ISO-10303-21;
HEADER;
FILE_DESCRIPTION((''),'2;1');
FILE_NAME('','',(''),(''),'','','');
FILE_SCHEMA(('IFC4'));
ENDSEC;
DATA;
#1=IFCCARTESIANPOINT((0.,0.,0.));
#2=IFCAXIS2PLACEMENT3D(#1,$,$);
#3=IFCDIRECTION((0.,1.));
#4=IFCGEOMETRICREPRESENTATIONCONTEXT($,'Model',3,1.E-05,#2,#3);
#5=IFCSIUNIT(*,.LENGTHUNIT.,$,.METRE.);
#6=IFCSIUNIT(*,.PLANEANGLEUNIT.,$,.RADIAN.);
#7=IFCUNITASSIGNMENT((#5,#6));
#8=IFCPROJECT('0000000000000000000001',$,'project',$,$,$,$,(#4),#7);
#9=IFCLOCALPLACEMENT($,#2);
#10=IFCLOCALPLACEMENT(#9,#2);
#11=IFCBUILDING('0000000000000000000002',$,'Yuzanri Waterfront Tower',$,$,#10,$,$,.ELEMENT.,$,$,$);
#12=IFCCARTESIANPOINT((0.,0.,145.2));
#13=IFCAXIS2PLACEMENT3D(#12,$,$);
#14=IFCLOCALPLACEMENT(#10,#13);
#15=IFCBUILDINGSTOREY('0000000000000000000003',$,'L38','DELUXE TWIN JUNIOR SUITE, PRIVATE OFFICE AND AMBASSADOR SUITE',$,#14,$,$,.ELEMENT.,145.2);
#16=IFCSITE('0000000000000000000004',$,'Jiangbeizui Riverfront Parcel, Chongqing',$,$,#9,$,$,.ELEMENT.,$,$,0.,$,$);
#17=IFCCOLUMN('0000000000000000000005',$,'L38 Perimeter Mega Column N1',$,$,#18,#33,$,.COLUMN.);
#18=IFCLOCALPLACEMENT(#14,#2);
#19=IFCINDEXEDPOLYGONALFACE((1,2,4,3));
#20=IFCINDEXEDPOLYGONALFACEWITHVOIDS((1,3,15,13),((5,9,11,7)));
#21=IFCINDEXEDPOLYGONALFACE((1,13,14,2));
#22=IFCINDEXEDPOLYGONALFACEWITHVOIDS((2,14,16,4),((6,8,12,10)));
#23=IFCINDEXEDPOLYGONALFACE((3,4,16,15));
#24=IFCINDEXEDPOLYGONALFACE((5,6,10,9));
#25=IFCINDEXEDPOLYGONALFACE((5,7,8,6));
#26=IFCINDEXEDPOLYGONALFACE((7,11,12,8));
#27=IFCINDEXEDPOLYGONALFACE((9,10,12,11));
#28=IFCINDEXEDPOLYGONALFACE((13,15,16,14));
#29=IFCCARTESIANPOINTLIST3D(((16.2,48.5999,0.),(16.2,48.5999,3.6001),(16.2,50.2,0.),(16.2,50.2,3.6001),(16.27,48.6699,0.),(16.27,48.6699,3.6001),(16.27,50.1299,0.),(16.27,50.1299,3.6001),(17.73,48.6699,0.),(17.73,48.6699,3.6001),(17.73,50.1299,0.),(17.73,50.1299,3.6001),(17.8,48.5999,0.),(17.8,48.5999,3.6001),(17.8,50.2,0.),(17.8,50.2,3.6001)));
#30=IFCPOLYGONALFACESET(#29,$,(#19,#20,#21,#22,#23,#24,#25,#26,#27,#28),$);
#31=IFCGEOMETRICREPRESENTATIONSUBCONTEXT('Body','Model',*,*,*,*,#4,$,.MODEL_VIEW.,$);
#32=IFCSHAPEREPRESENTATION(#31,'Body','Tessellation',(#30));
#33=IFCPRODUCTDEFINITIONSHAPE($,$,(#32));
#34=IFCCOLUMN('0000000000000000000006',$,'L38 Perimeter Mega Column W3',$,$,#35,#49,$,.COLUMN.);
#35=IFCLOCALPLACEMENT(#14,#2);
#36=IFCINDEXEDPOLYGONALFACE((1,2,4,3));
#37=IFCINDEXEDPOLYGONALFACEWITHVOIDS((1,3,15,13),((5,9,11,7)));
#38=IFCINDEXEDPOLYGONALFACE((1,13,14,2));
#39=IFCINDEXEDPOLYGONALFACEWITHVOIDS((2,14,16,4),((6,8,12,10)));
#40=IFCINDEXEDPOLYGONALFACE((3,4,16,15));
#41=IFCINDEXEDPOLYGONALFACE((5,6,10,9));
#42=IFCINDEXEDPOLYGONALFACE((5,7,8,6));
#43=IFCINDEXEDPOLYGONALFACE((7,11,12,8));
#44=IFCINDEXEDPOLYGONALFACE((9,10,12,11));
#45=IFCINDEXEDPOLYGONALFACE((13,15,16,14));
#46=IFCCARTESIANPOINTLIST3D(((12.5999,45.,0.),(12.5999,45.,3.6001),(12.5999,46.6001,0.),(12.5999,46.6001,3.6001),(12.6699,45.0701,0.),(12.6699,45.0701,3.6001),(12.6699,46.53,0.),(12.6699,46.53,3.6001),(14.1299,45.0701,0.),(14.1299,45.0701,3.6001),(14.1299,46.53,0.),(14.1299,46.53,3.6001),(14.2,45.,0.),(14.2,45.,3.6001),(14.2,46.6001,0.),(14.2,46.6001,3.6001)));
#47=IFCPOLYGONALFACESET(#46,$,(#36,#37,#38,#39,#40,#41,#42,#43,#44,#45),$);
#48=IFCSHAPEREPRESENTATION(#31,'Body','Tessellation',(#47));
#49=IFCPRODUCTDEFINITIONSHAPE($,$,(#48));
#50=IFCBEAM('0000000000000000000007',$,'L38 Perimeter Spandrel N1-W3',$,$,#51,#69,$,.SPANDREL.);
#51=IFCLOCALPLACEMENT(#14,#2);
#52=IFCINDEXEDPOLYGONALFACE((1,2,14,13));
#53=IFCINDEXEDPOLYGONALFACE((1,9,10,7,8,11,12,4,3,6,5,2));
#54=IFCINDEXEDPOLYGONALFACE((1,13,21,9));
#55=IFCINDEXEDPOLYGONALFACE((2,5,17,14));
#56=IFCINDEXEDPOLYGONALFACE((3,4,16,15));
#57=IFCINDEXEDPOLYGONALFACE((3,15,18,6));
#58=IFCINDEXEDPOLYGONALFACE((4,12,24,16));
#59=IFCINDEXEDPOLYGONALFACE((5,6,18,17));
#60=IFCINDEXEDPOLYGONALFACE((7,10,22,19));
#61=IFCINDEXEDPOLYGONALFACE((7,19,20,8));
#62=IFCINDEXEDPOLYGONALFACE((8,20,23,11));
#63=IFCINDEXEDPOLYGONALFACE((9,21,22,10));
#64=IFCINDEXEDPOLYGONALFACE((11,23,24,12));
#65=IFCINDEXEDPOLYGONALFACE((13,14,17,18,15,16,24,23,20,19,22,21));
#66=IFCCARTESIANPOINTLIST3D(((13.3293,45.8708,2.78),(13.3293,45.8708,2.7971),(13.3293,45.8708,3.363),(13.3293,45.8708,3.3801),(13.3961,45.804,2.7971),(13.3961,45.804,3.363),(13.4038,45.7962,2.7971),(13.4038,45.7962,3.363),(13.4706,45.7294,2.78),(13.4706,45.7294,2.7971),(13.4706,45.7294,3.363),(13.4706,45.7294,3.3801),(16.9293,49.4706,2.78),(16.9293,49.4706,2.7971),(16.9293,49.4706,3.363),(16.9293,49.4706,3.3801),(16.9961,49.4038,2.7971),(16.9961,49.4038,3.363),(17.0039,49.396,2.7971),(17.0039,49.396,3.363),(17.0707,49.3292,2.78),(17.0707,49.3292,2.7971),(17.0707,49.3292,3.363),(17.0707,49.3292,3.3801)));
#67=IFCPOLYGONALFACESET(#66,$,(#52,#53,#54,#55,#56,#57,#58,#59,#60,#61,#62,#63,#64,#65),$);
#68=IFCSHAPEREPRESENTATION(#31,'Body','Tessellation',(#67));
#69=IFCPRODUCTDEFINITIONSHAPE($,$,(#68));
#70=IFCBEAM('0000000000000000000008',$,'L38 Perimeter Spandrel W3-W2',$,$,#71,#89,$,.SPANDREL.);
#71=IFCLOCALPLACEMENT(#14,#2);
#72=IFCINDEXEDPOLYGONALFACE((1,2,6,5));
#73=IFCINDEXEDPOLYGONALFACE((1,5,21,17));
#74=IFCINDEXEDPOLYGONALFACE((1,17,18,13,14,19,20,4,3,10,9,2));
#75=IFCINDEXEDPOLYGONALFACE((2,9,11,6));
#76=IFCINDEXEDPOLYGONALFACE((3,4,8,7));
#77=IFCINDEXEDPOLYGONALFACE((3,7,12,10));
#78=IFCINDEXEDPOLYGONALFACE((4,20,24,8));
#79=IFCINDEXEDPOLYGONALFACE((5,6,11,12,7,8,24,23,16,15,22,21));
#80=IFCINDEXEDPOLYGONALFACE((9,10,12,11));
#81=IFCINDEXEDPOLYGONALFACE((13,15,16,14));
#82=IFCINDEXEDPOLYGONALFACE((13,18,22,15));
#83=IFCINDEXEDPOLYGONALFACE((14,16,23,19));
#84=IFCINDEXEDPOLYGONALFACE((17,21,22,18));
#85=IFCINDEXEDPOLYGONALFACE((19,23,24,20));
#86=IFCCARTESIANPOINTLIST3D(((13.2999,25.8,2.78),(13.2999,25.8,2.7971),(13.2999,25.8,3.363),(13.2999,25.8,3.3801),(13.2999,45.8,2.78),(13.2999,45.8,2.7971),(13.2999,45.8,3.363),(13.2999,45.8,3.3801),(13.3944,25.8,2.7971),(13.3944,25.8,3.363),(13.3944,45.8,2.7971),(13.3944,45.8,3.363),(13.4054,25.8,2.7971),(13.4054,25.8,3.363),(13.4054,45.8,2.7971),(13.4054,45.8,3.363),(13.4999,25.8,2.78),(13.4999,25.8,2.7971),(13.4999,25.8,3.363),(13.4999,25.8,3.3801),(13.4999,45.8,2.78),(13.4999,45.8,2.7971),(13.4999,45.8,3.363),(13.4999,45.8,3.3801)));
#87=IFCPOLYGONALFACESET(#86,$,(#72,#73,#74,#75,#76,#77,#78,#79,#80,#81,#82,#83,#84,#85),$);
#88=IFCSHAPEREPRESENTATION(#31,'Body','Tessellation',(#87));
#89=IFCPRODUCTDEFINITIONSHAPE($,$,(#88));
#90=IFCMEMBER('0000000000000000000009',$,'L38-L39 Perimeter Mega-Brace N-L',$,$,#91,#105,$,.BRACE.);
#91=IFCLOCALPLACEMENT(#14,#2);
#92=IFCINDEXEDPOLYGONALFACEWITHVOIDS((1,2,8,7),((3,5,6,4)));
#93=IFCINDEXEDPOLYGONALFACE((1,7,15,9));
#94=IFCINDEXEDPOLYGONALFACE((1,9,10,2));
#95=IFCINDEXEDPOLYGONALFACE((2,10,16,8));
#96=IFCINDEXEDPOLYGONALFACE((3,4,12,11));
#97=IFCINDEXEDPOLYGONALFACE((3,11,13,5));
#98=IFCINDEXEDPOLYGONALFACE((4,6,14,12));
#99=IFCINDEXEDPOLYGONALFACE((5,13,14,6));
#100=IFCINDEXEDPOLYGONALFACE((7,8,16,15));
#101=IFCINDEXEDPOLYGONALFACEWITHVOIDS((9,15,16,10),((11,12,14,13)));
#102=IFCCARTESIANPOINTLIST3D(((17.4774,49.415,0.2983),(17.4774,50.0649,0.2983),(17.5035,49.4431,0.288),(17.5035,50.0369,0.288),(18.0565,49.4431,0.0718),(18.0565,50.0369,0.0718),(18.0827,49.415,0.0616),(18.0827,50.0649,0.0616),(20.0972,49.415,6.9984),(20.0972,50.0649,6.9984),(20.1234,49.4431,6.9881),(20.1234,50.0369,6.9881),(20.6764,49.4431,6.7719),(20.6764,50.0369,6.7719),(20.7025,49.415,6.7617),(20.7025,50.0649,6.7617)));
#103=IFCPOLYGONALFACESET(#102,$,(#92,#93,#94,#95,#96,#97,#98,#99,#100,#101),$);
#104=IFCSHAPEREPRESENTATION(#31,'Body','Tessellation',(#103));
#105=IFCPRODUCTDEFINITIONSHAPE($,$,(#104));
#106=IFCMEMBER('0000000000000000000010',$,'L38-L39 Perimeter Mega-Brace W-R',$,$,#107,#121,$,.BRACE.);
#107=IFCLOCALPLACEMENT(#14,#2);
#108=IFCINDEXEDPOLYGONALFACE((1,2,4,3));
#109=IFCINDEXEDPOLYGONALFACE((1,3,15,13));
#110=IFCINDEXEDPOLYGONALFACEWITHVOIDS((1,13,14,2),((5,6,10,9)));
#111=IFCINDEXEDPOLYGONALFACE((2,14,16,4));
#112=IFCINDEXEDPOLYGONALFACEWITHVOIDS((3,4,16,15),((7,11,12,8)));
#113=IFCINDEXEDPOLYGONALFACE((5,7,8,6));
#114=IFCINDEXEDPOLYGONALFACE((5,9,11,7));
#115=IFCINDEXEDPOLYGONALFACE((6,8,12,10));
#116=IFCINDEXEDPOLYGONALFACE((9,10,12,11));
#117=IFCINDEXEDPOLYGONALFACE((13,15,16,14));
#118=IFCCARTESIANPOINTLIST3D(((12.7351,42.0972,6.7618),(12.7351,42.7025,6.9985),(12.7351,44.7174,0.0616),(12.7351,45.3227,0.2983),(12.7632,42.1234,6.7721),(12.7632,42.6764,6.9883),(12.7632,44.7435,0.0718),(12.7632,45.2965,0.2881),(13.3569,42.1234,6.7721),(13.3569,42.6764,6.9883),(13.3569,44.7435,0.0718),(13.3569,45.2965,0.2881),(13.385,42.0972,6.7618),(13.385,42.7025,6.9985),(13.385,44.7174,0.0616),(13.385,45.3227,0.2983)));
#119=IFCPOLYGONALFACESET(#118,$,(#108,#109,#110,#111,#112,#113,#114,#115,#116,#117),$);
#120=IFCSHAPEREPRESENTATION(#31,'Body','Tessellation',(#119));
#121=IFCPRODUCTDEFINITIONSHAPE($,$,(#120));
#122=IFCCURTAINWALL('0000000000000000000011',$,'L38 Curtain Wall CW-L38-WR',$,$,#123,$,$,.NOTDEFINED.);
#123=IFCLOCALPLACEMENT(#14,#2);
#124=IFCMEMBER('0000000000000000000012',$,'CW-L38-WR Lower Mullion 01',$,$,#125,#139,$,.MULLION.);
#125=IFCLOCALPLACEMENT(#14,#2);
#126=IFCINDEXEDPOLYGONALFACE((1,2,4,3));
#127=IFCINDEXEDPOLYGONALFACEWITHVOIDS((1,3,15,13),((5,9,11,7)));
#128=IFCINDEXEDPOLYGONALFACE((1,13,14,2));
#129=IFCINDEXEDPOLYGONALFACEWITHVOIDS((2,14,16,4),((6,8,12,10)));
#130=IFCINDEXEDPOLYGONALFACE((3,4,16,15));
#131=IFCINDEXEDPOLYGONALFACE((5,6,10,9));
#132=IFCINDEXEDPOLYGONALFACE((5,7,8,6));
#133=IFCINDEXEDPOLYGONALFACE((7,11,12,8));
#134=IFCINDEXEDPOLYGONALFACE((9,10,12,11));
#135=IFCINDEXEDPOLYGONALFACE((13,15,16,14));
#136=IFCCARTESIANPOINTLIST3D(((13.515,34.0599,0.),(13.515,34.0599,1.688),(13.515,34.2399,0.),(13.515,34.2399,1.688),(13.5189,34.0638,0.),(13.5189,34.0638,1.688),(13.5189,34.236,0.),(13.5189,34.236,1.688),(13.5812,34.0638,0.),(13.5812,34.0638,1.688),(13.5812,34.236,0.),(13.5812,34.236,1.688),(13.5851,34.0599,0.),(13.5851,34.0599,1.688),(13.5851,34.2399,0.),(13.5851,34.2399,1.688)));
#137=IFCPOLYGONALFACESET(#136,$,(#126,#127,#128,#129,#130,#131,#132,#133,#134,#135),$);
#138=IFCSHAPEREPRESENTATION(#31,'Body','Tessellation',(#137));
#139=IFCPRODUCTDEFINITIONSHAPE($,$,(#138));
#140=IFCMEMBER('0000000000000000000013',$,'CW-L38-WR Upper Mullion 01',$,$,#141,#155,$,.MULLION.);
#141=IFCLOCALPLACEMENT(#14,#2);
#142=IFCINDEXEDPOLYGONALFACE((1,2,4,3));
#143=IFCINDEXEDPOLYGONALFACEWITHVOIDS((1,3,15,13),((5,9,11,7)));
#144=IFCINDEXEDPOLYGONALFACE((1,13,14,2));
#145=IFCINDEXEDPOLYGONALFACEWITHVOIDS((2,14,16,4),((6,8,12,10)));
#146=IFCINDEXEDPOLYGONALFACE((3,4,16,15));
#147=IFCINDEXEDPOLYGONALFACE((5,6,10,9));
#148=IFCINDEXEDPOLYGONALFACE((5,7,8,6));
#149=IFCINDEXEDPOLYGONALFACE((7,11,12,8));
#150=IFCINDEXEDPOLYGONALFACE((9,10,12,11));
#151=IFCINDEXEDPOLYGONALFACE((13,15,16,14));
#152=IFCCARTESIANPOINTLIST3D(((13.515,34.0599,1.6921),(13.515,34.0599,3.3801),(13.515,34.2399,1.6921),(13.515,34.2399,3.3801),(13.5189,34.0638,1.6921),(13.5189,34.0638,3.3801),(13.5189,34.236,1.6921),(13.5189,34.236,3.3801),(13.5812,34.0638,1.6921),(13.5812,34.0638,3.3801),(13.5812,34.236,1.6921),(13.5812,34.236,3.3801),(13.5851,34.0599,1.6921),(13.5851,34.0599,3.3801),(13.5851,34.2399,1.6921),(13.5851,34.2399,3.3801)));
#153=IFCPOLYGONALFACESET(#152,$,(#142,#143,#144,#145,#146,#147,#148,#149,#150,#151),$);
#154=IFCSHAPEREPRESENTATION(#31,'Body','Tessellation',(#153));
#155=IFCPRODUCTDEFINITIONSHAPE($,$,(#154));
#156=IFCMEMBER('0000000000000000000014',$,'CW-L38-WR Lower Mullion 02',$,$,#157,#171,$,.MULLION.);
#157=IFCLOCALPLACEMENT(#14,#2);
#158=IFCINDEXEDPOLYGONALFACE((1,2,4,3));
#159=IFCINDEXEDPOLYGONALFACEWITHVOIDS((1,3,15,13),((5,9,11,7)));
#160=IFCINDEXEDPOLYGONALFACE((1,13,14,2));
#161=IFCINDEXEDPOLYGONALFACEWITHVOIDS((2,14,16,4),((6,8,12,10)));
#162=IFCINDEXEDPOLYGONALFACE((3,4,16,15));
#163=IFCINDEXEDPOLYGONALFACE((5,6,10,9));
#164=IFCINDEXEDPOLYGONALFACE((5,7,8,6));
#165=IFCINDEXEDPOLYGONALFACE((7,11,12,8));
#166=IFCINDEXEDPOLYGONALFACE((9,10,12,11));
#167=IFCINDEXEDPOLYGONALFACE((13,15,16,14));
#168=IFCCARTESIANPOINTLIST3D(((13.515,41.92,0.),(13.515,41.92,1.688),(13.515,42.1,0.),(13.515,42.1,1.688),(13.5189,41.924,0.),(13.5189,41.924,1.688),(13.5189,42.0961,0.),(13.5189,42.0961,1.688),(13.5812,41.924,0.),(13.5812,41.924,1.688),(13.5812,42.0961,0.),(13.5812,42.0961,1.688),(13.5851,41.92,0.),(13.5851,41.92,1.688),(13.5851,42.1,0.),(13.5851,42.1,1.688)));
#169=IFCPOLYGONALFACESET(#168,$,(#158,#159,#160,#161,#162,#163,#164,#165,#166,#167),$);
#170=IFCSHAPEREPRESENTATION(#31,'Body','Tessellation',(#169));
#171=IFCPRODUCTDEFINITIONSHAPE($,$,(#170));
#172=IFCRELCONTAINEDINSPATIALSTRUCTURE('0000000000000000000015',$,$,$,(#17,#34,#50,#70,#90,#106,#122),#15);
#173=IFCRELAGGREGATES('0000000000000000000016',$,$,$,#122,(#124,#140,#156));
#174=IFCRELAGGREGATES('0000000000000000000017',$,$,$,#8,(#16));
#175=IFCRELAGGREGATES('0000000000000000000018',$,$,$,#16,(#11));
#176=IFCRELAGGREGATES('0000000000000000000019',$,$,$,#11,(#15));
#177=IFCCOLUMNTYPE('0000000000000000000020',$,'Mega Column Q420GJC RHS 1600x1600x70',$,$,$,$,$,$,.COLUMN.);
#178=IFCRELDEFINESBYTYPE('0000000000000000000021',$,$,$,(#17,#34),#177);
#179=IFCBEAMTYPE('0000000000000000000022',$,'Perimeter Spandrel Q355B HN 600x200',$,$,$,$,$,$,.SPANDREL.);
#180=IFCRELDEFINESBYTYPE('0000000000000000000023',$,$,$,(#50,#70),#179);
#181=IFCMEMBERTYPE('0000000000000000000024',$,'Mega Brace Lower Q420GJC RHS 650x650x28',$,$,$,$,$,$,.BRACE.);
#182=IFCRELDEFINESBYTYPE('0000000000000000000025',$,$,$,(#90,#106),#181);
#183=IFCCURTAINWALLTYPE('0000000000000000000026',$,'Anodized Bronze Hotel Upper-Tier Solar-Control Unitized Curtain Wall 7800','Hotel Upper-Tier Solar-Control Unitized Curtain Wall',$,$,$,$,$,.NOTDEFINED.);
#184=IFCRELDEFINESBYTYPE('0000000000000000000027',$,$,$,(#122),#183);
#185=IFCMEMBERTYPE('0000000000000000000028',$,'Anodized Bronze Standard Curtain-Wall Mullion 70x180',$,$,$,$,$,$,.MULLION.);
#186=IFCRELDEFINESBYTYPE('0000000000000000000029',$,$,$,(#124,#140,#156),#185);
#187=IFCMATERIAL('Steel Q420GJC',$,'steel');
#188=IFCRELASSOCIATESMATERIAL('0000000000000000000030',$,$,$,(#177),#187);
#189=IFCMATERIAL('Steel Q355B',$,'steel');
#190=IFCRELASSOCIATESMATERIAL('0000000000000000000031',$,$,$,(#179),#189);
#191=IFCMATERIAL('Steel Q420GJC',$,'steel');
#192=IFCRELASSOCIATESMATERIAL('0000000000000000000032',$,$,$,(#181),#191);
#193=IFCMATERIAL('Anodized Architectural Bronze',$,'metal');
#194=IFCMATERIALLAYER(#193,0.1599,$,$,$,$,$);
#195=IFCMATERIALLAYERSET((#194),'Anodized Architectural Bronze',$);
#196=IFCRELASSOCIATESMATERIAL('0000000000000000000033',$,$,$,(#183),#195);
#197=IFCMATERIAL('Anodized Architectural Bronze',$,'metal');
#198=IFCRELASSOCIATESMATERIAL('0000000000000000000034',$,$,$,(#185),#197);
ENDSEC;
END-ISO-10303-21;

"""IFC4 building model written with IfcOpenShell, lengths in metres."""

from ifc_helpers import new_model, si_unit, direction, frame, origin, origin_2d, place, context, subcontext, project, spatial, hollow_rectangle, i_section, extrude, source, transform, mapped, material, layer, layer_set, material_profile, profile_set, type_object, element, aggregate, save


model = new_model("IFC4")

# Units and contexts
model_context = context("Model", 3, precision=1e-05, world=origin(), true_north=direction((0.0, 1.0)))
body_context = subcontext(model_context, "Body", "Model", "MODEL_VIEW")
ifc_project = project(units=[si_unit("LENGTHUNIT", "METRE"), si_unit("PLANEANGLEUNIT", "RADIAN")], contexts=[model_context])

# Site, building, storey
site_placement = place(None, origin())
site = spatial("IfcSite", under=ifc_project, at=site_placement, Name="Jiangbeizui Riverfront Parcel, Chongqing", CompositionType="ELEMENT", RefElevation=0.0)
building_placement = place(site_placement, origin())
building = spatial("IfcBuilding", under=site, at=building_placement, Name="Yuzanri Waterfront Tower", CompositionType="ELEMENT")
storey_placement = place(building_placement, frame((0.0, 0.0, 145.2)))
storey = spatial("IfcBuildingStorey", under=building, at=storey_placement, Name="L38", Description="DELUXE TWIN JUNIOR SUITE, PRIVATE OFFICE AND AMBASSADOR SUITE", CompositionType="ELEMENT", Elevation=145.2)

# Columns
ifc_material_1 = material(Name="Steel Q420GJC", Category="steel")
ifc_material_profile_1 = material_profile(ifc_material_1, hollow_rectangle(XDim=1.6001, YDim=1.6001, WallThickness=0.0701, at=origin_2d()), Name="RHS 1600x1600x70")
ifc_profile_set_1 = profile_set([ifc_material_profile_1], Name="Steel Q420GJC")
column_type = type_object("IfcColumnType", Name="Mega Column Q420GJC RHS 1600x1600x70", PredefinedType="COLUMN", material=ifc_profile_set_1)
shared_shape_1 = source(origin(), body_context, "Body", "SweptSolid", [
    extrude(hollow_rectangle(XDim=1.6001, YDim=1.6001, WallThickness=0.0701, at=origin_2d()), origin(), (0.0, 0.0, 1.0), 3.6001),
])
for number, where, z_axis, x_axis, name in (
    (1, (17.0, 49.3999, 0.0), (0.0, 0.0, 1.0), (1.0, 0.0, 0.0), "L38 Perimeter Mega Column N1"),
    (2, (13.3999, 45.8, 0.0), (0.0, 0.0, 1.0), (1.0, 0.0, 0.0), "L38 Perimeter Mega Column W3"),
):
    element("IfcColumn", number, at=place(storey_placement, frame(where, z_axis=z_axis, x_axis=x_axis)), inside=storey, type_object=column_type, Name=name, PredefinedType="COLUMN", context=body_context, shape_type="MappedRepresentation", body=[
        mapped(shared_shape_1, transform((0.0, 0.0, 0.0), scale=1.0)),
    ])

# Beams
ifc_material_2 = material(Name="Steel Q355B", Category="steel")
ifc_material_profile_2 = material_profile(ifc_material_2, i_section(OverallWidth=0.2, OverallDepth=0.6001, WebThickness=0.011, FlangeThickness=0.0171, at=origin_2d()), Name="HN 600x200x11x17")
ifc_profile_set_2 = profile_set([ifc_material_profile_2], Name="Steel Q355B")
beam_type = type_object("IfcBeamType", Name="Perimeter Spandrel Q355B HN 600x200", PredefinedType="SPANDREL", material=ifc_profile_set_2)
shared_shape_2 = source(origin(), body_context, "Body", "SweptSolid", [
    extrude(i_section(OverallWidth=0.2, OverallDepth=0.6001, WebThickness=0.011, FlangeThickness=0.0171, at=origin_2d()), origin(), (0.0, 0.0, 1.0), 5.0911),
])
beam_1_placement = place(storey_placement, frame((17.0, 49.3999, 3.0801), z_axis=(-0.707131, -0.707083, 0.0), x_axis=(0.707083, -0.707131, 0.0)))
element("IfcBeam", 3, at=beam_1_placement, inside=storey, type_object=beam_type, Name="L38 Perimeter Spandrel N1-W3", PredefinedType="SPANDREL", context=body_context, shape_type="MappedRepresentation", body=[
    mapped(shared_shape_2, transform((0.0, 0.0, 0.0), scale=1.0)),
])
shared_shape_3 = source(origin(), body_context, "Body", "SweptSolid", [
    extrude(i_section(OverallWidth=0.2, OverallDepth=0.6001, WebThickness=0.011, FlangeThickness=0.0171, at=origin_2d()), origin(), (0.0, 0.0, 1.0), 20.0),
])
beam_2_placement = place(storey_placement, frame((13.3999, 45.8, 3.0801), z_axis=(0.0, -1.0, 0.0), x_axis=(1.0, 0.0, 0.0)))
element("IfcBeam", 4, at=beam_2_placement, inside=storey, type_object=beam_type, Name="L38 Perimeter Spandrel W3-W2", PredefinedType="SPANDREL", context=body_context, shape_type="MappedRepresentation", body=[
    mapped(shared_shape_3, transform((0.0, 0.0, 0.0), scale=1.0)),
])

# Members
ifc_material_3 = material(Name="Steel Q420GJC", Category="steel")
ifc_material_profile_3 = material_profile(ifc_material_3, hollow_rectangle(XDim=0.6499, YDim=0.6499, WallThickness=0.0281, at=origin_2d()), Name="RHS 650x650x28")
ifc_profile_set_3 = profile_set([ifc_material_profile_3], Name="Steel Q420GJC")
member_type_1 = type_object("IfcMemberType", Name="Mega Brace Lower Q420GJC RHS 650x650x28", PredefinedType="BRACE", material=ifc_profile_set_3)
shared_shape_4 = source(origin(), body_context, "Body", "SweptSolid", [
    extrude(hollow_rectangle(XDim=0.6499, YDim=0.6499, WallThickness=0.0281, at=origin_2d()), origin(), (0.0, 0.0, 1.0), 7.1941),
])
member_1_placement = place(storey_placement, frame((17.78, 49.74, 0.1799), z_axis=(0.364165, 0.0, 0.931334), x_axis=(0.0, 1.0, 0.0)))
element("IfcMember", 5, at=member_1_placement, inside=storey, type_object=member_type_1, Name="L38-L39 Perimeter Mega-Brace N-L", PredefinedType="BRACE", context=body_context, shape_type="MappedRepresentation", body=[
    mapped(shared_shape_4, transform((0.0, 0.0, 0.0), scale=1.0)),
])
shared_shape_5 = source(origin(), body_context, "Body", "SweptSolid", [
    extrude(hollow_rectangle(XDim=0.6499, YDim=0.6499, WallThickness=0.0281, at=origin_2d()), origin(), (0.0, 0.0, 1.0), 7.1943),
])
member_2_placement = place(storey_placement, frame((13.0601, 45.02, 0.1799), z_axis=(0.0, -0.364195, 0.931323), x_axis=(1.0, 0.0, 0.0)))
element("IfcMember", 6, at=member_2_placement, inside=storey, type_object=member_type_1, Name="L38-L39 Perimeter Mega-Brace W-R", PredefinedType="BRACE", context=body_context, shape_type="MappedRepresentation", body=[
    mapped(shared_shape_5, transform((0.0, 0.0, 0.0), scale=1.0)),
])

# Curtain wall, members
ifc_material_4 = material(Name="Anodized Architectural Bronze", Category="metal")
ifc_layer_1 = layer(ifc_material_4, 0.1599)
ifc_layer_set_1 = layer_set([ifc_layer_1], Name="Anodized Architectural Bronze")
curtain_wall_type = type_object("IfcCurtainWallType", Name="Anodized Bronze Hotel Upper-Tier Solar-Control Unitized Curtain Wall 7800", Description="Hotel Upper-Tier Solar-Control Unitized Curtain Wall", PredefinedType="NOTDEFINED", material=ifc_layer_set_1)
curtain_wall_placement = place(storey_placement, origin())
curtain_wall = element("IfcCurtainWall", 7, at=curtain_wall_placement, inside=storey, type_object=curtain_wall_type, Name="L38 Curtain Wall CW-L38-WR", PredefinedType="NOTDEFINED")
ifc_material_5 = material(Name="Anodized Architectural Bronze", Category="metal")
ifc_material_profile_4 = material_profile(ifc_material_5, hollow_rectangle(XDim=0.0701, YDim=0.1799, WallThickness=0.0039, at=origin_2d()), Name="CWM 70x180")
ifc_profile_set_4 = profile_set([ifc_material_profile_4], Name="Anodized Architectural Bronze")
member_type_2 = type_object("IfcMemberType", Name="Anodized Bronze Standard Curtain-Wall Mullion 70x180", PredefinedType="MULLION", material=ifc_profile_set_4)
shared_shape_6 = source(origin(), body_context, "Body", "SweptSolid", [
    extrude(hollow_rectangle(XDim=0.0701, YDim=0.1799, WallThickness=0.0039, at=origin_2d()), origin(), (0.0, 0.0, 1.0), 1.688),
])
member_3_placement = place(storey_placement, frame((13.55, 34.1499, 0.0), z_axis=(0.0, 0.0, 1.0), x_axis=(1.0, 0.0, 0.0)))
member_3 = element("IfcMember", 8, at=member_3_placement, type_object=member_type_2, Name="CW-L38-WR Lower Mullion 01", PredefinedType="MULLION", context=body_context, shape_type="MappedRepresentation", body=[
    mapped(shared_shape_6, transform((0.0, 0.0, 0.0), scale=1.0)),
])
member_4_placement = place(storey_placement, frame((13.55, 34.1499, 1.6921), z_axis=(0.0, 0.0, 1.0), x_axis=(1.0, 0.0, 0.0)))
member_4 = element("IfcMember", 9, at=member_4_placement, type_object=member_type_2, Name="CW-L38-WR Upper Mullion 01", PredefinedType="MULLION", context=body_context, shape_type="MappedRepresentation", body=[
    mapped(shared_shape_6, transform((0.0, 0.0, 0.0), scale=1.0)),
])
member_5_placement = place(storey_placement, frame((13.55, 42.01, 0.0), z_axis=(0.0, 0.0, 1.0), x_axis=(1.0, 0.0, 0.0)))
member_5 = element("IfcMember", 10, at=member_5_placement, type_object=member_type_2, Name="CW-L38-WR Lower Mullion 02", PredefinedType="MULLION", context=body_context, shape_type="MappedRepresentation", body=[
    mapped(shared_shape_6, transform((0.0, 0.0, 0.0), scale=1.0)),
])

aggregate(curtain_wall, [member_3, member_4, member_5])

save(model, "model.ifc")
